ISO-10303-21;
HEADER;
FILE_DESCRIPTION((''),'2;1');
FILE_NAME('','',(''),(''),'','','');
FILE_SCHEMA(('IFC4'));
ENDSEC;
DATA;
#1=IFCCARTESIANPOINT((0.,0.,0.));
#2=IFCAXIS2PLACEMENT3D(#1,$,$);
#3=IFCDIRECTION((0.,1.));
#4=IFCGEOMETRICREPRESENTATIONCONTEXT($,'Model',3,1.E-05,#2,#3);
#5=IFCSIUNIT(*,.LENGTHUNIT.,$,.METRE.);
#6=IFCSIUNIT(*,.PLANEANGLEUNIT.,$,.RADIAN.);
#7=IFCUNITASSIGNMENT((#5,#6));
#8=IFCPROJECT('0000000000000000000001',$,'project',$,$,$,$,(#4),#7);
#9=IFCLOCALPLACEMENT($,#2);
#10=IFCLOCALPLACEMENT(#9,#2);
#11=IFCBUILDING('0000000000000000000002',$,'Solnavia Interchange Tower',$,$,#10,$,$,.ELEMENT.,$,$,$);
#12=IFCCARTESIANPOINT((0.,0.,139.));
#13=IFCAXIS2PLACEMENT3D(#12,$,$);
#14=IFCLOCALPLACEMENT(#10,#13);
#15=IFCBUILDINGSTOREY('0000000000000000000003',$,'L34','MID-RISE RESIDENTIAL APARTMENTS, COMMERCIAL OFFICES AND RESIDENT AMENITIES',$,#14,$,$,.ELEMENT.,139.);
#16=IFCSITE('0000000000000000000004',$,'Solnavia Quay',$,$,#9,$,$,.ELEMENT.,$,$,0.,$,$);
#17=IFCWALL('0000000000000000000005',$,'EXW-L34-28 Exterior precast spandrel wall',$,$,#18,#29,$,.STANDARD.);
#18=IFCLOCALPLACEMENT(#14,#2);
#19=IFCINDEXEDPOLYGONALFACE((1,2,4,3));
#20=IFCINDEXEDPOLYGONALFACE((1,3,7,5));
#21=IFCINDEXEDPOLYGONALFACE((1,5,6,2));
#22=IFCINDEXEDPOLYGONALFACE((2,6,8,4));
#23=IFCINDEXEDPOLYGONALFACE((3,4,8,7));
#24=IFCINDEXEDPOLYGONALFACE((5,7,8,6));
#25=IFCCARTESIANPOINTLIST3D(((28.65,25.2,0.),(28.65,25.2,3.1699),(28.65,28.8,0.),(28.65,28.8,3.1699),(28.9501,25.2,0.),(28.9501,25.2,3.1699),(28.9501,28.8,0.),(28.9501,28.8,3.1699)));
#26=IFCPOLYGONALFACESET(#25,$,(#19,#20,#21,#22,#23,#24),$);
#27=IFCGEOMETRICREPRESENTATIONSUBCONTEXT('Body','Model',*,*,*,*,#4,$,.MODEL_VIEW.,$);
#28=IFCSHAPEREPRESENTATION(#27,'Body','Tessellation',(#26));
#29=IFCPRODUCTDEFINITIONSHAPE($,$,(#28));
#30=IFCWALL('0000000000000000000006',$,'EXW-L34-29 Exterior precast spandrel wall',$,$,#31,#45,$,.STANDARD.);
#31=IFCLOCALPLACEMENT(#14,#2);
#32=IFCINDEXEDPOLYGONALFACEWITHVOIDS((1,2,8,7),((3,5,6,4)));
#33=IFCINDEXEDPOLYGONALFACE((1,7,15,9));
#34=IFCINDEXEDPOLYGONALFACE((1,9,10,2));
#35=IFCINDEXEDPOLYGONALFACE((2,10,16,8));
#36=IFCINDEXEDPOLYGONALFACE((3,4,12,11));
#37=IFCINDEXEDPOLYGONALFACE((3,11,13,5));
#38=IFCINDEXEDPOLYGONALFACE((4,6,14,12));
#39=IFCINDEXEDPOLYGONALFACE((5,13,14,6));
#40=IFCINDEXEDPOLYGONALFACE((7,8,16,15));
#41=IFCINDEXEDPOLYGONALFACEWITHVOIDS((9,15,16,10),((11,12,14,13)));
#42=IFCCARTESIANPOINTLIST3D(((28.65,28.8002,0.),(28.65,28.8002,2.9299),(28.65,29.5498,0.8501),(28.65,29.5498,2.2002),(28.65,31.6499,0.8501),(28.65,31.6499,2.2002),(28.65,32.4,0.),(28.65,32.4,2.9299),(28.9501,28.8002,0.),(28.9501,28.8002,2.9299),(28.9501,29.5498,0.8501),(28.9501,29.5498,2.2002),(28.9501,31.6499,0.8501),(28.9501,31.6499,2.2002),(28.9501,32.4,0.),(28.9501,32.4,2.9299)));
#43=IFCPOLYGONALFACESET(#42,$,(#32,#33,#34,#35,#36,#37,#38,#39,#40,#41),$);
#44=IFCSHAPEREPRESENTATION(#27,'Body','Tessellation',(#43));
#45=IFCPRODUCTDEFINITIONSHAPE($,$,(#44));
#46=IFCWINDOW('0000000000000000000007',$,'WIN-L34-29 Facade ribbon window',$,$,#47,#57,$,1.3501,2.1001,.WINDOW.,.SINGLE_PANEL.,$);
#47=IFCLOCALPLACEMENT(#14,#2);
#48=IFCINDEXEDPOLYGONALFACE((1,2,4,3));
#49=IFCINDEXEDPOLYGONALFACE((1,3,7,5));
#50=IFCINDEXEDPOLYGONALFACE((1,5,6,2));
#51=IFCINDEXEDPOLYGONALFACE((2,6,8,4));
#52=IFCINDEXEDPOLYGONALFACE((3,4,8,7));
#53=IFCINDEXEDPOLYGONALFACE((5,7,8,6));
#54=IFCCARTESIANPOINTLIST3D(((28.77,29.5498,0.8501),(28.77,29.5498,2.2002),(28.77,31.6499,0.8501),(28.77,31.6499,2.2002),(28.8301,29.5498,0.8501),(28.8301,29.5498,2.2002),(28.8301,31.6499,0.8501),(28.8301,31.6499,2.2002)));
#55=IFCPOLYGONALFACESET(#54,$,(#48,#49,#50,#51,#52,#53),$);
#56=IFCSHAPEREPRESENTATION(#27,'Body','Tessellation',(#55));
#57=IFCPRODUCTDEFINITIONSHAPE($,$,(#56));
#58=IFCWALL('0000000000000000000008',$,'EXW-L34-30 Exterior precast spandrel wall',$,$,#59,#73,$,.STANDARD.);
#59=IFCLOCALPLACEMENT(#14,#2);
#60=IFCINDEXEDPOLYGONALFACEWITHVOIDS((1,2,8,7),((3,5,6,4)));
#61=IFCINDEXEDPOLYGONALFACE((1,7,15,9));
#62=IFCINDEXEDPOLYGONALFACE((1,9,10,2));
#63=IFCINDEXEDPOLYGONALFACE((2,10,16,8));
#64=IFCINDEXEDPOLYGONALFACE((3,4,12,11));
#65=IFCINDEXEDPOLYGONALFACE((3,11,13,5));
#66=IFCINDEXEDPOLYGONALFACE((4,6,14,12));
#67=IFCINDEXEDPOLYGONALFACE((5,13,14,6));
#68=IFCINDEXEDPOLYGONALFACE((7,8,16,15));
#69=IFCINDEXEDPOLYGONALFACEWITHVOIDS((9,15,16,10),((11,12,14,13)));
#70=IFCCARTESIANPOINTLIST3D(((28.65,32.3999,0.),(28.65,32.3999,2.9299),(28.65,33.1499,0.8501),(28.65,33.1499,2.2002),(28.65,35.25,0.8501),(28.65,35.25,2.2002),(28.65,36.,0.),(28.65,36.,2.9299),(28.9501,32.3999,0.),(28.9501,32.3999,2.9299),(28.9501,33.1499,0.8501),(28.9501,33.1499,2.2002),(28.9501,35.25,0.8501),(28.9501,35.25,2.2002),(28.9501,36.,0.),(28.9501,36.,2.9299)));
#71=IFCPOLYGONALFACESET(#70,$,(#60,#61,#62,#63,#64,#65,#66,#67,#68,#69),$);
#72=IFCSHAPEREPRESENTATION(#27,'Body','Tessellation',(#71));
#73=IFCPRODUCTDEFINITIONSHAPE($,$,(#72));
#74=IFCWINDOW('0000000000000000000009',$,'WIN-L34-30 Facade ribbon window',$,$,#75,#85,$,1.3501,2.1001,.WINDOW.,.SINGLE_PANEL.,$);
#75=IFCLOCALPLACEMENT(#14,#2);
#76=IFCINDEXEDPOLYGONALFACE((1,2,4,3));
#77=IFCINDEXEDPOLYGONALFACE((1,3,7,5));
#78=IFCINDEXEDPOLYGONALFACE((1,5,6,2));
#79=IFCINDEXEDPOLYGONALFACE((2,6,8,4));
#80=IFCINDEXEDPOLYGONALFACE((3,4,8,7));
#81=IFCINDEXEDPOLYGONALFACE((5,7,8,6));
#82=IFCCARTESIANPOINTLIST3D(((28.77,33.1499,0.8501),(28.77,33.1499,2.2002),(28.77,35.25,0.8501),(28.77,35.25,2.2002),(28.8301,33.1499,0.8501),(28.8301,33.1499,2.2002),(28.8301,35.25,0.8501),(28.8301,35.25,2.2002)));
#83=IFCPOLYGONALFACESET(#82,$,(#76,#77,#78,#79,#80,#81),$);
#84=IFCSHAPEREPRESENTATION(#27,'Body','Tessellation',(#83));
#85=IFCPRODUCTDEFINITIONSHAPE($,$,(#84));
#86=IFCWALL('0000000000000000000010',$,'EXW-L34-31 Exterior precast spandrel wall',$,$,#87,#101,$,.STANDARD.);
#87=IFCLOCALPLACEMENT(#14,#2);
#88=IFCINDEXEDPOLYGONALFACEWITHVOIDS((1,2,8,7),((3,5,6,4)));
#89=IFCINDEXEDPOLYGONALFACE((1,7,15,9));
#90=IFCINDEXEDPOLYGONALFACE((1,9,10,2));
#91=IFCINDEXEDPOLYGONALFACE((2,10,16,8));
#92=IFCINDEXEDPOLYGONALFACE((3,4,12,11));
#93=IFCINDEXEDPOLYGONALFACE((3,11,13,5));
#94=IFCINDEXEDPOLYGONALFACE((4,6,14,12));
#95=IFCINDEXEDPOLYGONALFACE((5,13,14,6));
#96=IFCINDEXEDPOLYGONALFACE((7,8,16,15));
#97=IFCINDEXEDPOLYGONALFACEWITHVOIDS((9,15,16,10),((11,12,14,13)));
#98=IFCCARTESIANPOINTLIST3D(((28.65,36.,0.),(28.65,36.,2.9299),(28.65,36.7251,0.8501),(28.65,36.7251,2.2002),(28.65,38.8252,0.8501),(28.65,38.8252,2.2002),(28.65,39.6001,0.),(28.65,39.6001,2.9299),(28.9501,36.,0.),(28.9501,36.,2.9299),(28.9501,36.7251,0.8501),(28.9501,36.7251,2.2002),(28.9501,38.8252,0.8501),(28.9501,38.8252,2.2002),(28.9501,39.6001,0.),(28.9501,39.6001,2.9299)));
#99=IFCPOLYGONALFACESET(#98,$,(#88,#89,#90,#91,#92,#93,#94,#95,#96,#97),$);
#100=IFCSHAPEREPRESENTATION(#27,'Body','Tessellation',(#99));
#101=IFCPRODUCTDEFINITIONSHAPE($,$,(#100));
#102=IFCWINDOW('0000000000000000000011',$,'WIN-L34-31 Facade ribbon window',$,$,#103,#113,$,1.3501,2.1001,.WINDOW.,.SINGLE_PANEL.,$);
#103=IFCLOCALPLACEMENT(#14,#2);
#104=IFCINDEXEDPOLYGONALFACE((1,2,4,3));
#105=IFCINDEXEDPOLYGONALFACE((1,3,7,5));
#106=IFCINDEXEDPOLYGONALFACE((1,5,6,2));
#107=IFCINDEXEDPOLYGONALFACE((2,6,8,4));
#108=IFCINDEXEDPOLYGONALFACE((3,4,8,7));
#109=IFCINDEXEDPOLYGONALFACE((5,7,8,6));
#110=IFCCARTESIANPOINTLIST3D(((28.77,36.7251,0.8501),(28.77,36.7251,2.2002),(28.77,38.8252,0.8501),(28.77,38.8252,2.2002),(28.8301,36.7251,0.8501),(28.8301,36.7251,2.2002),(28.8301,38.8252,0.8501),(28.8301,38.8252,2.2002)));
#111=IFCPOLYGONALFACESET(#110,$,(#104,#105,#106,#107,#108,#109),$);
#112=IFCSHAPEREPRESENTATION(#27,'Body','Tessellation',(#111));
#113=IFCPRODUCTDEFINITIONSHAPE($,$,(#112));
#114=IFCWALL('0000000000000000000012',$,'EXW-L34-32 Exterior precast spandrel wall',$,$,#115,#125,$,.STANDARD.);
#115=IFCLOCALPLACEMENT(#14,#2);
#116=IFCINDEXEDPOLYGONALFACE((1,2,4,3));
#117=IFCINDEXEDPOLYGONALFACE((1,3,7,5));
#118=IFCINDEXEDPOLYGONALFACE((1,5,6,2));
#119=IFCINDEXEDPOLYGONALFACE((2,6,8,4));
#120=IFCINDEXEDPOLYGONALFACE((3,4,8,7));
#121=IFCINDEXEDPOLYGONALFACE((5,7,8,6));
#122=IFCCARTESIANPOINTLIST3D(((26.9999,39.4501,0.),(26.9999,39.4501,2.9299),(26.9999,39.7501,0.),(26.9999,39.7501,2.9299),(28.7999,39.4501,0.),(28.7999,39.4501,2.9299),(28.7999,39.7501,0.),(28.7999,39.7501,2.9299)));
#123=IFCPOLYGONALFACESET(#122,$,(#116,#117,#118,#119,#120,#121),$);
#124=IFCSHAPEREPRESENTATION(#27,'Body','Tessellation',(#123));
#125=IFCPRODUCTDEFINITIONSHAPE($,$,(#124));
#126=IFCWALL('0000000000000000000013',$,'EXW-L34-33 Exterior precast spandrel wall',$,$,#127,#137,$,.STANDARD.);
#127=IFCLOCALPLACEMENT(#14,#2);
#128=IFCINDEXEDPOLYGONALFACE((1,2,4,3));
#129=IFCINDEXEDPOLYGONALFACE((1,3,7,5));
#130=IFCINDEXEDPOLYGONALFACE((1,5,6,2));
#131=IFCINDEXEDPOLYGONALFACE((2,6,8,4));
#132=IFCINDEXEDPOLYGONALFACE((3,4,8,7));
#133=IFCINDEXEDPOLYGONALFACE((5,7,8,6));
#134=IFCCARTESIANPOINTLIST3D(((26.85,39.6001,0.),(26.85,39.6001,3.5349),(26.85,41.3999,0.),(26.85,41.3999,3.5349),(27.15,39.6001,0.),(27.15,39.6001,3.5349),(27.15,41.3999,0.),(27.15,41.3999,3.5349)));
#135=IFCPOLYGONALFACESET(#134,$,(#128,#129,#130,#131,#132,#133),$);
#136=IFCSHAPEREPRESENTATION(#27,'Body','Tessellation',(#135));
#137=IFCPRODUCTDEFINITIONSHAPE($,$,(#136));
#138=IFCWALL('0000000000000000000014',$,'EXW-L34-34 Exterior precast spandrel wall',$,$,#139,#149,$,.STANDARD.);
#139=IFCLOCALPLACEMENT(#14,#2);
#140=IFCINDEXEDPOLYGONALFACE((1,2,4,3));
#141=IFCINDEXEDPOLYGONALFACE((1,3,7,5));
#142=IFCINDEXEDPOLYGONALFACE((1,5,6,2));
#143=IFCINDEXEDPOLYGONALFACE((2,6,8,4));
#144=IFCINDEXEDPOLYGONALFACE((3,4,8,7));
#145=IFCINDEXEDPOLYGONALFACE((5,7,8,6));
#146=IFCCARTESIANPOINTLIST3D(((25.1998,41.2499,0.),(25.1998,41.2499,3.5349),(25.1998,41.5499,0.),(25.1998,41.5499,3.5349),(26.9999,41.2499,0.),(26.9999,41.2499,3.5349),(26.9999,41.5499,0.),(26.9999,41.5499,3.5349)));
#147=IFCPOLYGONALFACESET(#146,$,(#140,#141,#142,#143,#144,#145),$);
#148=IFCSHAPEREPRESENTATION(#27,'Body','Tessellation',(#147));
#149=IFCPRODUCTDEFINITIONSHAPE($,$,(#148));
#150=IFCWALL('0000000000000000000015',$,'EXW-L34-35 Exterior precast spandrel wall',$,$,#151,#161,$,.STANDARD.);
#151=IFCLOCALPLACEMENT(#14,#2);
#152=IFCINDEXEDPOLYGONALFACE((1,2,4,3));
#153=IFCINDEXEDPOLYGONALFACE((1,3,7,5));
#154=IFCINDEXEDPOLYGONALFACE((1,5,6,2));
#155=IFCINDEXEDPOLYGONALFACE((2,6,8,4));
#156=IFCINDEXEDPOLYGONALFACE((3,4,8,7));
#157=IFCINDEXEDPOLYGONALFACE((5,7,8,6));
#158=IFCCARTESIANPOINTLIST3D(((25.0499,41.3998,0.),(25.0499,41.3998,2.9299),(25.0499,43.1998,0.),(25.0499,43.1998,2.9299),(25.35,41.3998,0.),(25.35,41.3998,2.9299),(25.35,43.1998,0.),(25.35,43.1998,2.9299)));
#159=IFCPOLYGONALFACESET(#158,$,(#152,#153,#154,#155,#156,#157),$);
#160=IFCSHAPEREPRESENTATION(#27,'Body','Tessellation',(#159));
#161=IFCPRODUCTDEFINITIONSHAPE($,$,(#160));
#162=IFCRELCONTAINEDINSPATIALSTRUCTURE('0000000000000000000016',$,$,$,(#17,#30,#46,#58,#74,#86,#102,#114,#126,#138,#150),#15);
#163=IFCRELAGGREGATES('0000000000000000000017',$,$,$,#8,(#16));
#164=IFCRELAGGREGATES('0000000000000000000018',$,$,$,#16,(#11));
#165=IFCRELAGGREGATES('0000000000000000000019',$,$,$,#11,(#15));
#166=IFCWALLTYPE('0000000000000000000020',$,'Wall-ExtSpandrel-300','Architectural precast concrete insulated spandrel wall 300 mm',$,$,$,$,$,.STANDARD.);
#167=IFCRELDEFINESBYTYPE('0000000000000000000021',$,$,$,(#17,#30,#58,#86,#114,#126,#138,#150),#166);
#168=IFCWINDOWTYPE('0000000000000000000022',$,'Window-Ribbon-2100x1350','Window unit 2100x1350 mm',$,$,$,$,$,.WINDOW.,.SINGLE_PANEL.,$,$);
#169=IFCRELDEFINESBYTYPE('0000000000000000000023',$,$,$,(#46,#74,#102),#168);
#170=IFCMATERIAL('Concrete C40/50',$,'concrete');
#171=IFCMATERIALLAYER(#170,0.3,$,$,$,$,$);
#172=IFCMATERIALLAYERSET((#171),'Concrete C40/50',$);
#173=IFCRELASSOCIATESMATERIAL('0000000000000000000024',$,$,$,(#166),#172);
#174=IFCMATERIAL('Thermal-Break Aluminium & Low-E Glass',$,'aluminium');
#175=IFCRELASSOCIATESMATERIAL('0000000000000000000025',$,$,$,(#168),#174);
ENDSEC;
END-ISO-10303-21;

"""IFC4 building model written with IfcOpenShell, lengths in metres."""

from ifc_helpers import new_model, si_unit, direction, frame, frame_2d, origin, place, context, subcontext, project, spatial, rectangle, extrude, material, layer, layer_set, type_object, element, fill, save


model = new_model("IFC4")

# Units and contexts
model_context = context("Model", 3, precision=1e-05, world=origin(), true_north=direction((0.0, 1.0)))
body_context = subcontext(model_context, "Body", "Model", "MODEL_VIEW")
ifc_project = project(units=[si_unit("LENGTHUNIT", "METRE"), si_unit("PLANEANGLEUNIT", "RADIAN")], contexts=[model_context])

# Site, building, storey
site_placement = place(None, origin())
site = spatial("IfcSite", under=ifc_project, at=site_placement, Name="Solnavia Quay", CompositionType="ELEMENT", RefElevation=0.0)
building_placement = place(site_placement, origin())
building = spatial("IfcBuilding", under=site, at=building_placement, Name="Solnavia Interchange Tower", CompositionType="ELEMENT")
storey_placement = place(building_placement, frame((0.0, 0.0, 139.0)))
storey = spatial("IfcBuildingStorey", under=building, at=storey_placement, Name="L34", Description="MID-RISE RESIDENTIAL APARTMENTS, COMMERCIAL OFFICES AND RESIDENT AMENITIES", CompositionType="ELEMENT", Elevation=139.0)

# Wall
ifc_material_1 = material(Name="Concrete C40/50", Category="concrete")
ifc_layer = layer(ifc_material_1, 0.3)
ifc_layer_set = layer_set([ifc_layer], Name="Concrete C40/50")
wall_type = type_object("IfcWallType", Name="Wall-ExtSpandrel-300", Description="Architectural precast concrete insulated spandrel wall 300 mm", PredefinedType="STANDARD", material=ifc_layer_set)
wall_1_placement = place(storey_placement, frame((28.8, 28.8, 0.0), z_axis=(0.0, 0.0, 1.0), x_axis=(0.0, -1.0, 0.0)))
element("IfcWall", 1, at=wall_1_placement, inside=storey, type_object=wall_type, Name="EXW-L34-28 Exterior precast spandrel wall", PredefinedType="STANDARD", context=body_context, shape_type="SweptSolid", body=[
    extrude(rectangle(XDim=3.6001, YDim=0.3, at=frame_2d((1.8, 0.0))), origin(), (0.0, 0.0, 1.0), 3.1699),
])

# Walls, openings, windows
wall_2_placement = place(storey_placement, frame((28.8, 32.3999, 0.0), z_axis=(0.0, 0.0, 1.0), x_axis=(0.0, -1.0, 0.0)))
wall_2 = element("IfcWall", 2, at=wall_2_placement, inside=storey, type_object=wall_type, Name="EXW-L34-29 Exterior precast spandrel wall", PredefinedType="STANDARD", context=body_context, shape_type="SweptSolid", body=[
    extrude(rectangle(XDim=3.5999, YDim=0.3, at=frame_2d((1.7998, 0.0))), origin(), (0.0, 0.0, 1.0), 2.9299),
])
opening_1_placement = place(wall_2_placement, frame((0.75, 0.0, 0.8501)))
opening_1 = element("IfcOpeningElement", 3, at=opening_1_placement, cuts=wall_2, PredefinedType="OPENING", context=body_context, shape_type="SweptSolid", body=[
    extrude(rectangle(XDim=2.1001, YDim=1.3501, at=frame_2d((1.05, 0.675))), frame((0.0, 0.1602, 0.0), z_axis=(0.0, -1.0, 0.0), x_axis=(1.0, 0.0, 0.0)), (0.0, 0.0, 1.0), 0.3201),
])
ifc_material_2 = material(Name="Thermal-Break Aluminium & Low-E Glass", Category="aluminium")
window_type = type_object("IfcWindowType", Name="Window-Ribbon-2100x1350", Description="Window unit 2100x1350 mm", PartitioningType="SINGLE_PANEL", PredefinedType="WINDOW", material=ifc_material_2)
window_1_placement = place(opening_1_placement, origin())
window_1 = element("IfcWindow", 4, at=window_1_placement, inside=storey, type_object=window_type, Name="WIN-L34-29 Facade ribbon window", OverallHeight=1.3501, OverallWidth=2.1001, PartitioningType="SINGLE_PANEL", PredefinedType="WINDOW", context=body_context, shape_type="SweptSolid", body=[
    extrude(rectangle(XDim=2.1001, YDim=1.3501, at=frame_2d((1.05, 0.675))), frame((0.0, 0.03, 0.0), z_axis=(0.0, -1.0, 0.0), x_axis=(1.0, 0.0, 0.0)), (0.0, 0.0, 1.0), 0.0601),
])
fill(opening_1, window_1)
wall_3_placement = place(storey_placement, frame((28.8, 36.0, 0.0), z_axis=(0.0, 0.0, 1.0), x_axis=(0.0, -1.0, 0.0)))
wall_3 = element("IfcWall", 5, at=wall_3_placement, inside=storey, type_object=wall_type, Name="EXW-L34-30 Exterior precast spandrel wall", PredefinedType="STANDARD", context=body_context, shape_type="SweptSolid", body=[
    extrude(rectangle(XDim=3.6001, YDim=0.3, at=frame_2d((1.8, 0.0))), origin(), (0.0, 0.0, 1.0), 2.9299),
])
opening_2_placement = place(wall_3_placement, frame((0.75, 0.0, 0.8501)))
opening_2 = element("IfcOpeningElement", 6, at=opening_2_placement, cuts=wall_3, PredefinedType="OPENING", context=body_context, shape_type="SweptSolid", body=[
    extrude(rectangle(XDim=2.1001, YDim=1.3501, at=frame_2d((1.05, 0.675))), frame((0.0, 0.1602, 0.0), z_axis=(0.0, -1.0, 0.0), x_axis=(1.0, 0.0, 0.0)), (0.0, 0.0, 1.0), 0.3201),
])
window_2_placement = place(opening_2_placement, origin())
window_2 = element("IfcWindow", 7, at=window_2_placement, inside=storey, type_object=window_type, Name="WIN-L34-30 Facade ribbon window", OverallHeight=1.3501, OverallWidth=2.1001, PartitioningType="SINGLE_PANEL", PredefinedType="WINDOW", context=body_context, shape_type="SweptSolid", body=[
    extrude(rectangle(XDim=2.1001, YDim=1.3501, at=frame_2d((1.05, 0.675))), frame((0.0, 0.03, 0.0), z_axis=(0.0, -1.0, 0.0), x_axis=(1.0, 0.0, 0.0)), (0.0, 0.0, 1.0), 0.0601),
])
fill(opening_2, window_2)
wall_4_placement = place(storey_placement, frame((28.8, 39.6001, 0.0), z_axis=(0.0, 0.0, 1.0), x_axis=(0.0, -1.0, 0.0)))
wall_4 = element("IfcWall", 8, at=wall_4_placement, inside=storey, type_object=wall_type, Name="EXW-L34-31 Exterior precast spandrel wall", PredefinedType="STANDARD", context=body_context, shape_type="SweptSolid", body=[
    extrude(rectangle(XDim=3.6001, YDim=0.3, at=frame_2d((1.8, 0.0))), origin(), (0.0, 0.0, 1.0), 2.9299),
])
opening_3_placement = place(wall_4_placement, frame((0.7749, 0.0, 0.8501)))
opening_3 = element("IfcOpeningElement", 9, at=opening_3_placement, cuts=wall_4, PredefinedType="OPENING", context=body_context, shape_type="SweptSolid", body=[
    extrude(rectangle(XDim=2.1001, YDim=1.3501, at=frame_2d((1.05, 0.675))), frame((0.0, 0.1602, 0.0), z_axis=(0.0, -1.0, 0.0), x_axis=(1.0, 0.0, 0.0)), (0.0, 0.0, 1.0), 0.3201),
])
window_3_placement = place(opening_3_placement, origin())
window_3 = element("IfcWindow", 10, at=window_3_placement, inside=storey, type_object=window_type, Name="WIN-L34-31 Facade ribbon window", OverallHeight=1.3501, OverallWidth=2.1001, PartitioningType="SINGLE_PANEL", PredefinedType="WINDOW", context=body_context, shape_type="SweptSolid", body=[
    extrude(rectangle(XDim=2.1001, YDim=1.3501, at=frame_2d((1.05, 0.675))), frame((0.0, 0.03, 0.0), z_axis=(0.0, -1.0, 0.0), x_axis=(1.0, 0.0, 0.0)), (0.0, 0.0, 1.0), 0.0601),
])
fill(opening_3, window_3)

# Walls
wall_5_placement = place(storey_placement, frame((27.0, 39.6001, 0.0), z_axis=(0.0, 0.0, 1.0), x_axis=(1.0, 0.0, 0.0)))
element("IfcWall", 11, at=wall_5_placement, inside=storey, type_object=wall_type, Name="EXW-L34-32 Exterior precast spandrel wall", PredefinedType="STANDARD", context=body_context, shape_type="SweptSolid", body=[
    extrude(rectangle(XDim=1.8, YDim=0.3, at=frame_2d((0.8999, 0.0))), origin(), (0.0, 0.0, 1.0), 2.9299),
])
wall_6_placement = place(storey_placement, frame((27.0, 39.6001, 0.0), z_axis=(0.0, 0.0, 1.0), x_axis=(0.0, 1.0, 0.0)))
element("IfcWall", 12, at=wall_6_placement, inside=storey, type_object=wall_type, Name="EXW-L34-33 Exterior precast spandrel wall", PredefinedType="STANDARD", context=body_context, shape_type="SweptSolid", body=[
    extrude(rectangle(XDim=1.7998, YDim=0.3, at=frame_2d((0.8999, 0.0))), origin(), (0.0, 0.0, 1.0), 3.5349),
])
wall_7_placement = place(storey_placement, frame((25.2, 41.3999, 0.0), z_axis=(0.0, 0.0, 1.0), x_axis=(1.0, 0.0, 0.0)))
element("IfcWall", 13, at=wall_7_placement, inside=storey, type_object=wall_type, Name="EXW-L34-34 Exterior precast spandrel wall", PredefinedType="STANDARD", context=body_context, shape_type="SweptSolid", body=[
    extrude(rectangle(XDim=1.8, YDim=0.3, at=frame_2d((0.8999, 0.0))), origin(), (0.0, 0.0, 1.0), 3.5349),
])
wall_8_placement = place(storey_placement, frame((25.2, 41.3999, 0.0), z_axis=(0.0, 0.0, 1.0), x_axis=(0.0, 1.0, 0.0)))
element("IfcWall", 14, at=wall_8_placement, inside=storey, type_object=wall_type, Name="EXW-L34-35 Exterior precast spandrel wall", PredefinedType="STANDARD", context=body_context, shape_type="SweptSolid", body=[
    extrude(rectangle(XDim=1.8, YDim=0.3, at=frame_2d((0.8999, 0.0))), origin(), (0.0, 0.0, 1.0), 2.9299),
])

save(model, "model.ifc")
